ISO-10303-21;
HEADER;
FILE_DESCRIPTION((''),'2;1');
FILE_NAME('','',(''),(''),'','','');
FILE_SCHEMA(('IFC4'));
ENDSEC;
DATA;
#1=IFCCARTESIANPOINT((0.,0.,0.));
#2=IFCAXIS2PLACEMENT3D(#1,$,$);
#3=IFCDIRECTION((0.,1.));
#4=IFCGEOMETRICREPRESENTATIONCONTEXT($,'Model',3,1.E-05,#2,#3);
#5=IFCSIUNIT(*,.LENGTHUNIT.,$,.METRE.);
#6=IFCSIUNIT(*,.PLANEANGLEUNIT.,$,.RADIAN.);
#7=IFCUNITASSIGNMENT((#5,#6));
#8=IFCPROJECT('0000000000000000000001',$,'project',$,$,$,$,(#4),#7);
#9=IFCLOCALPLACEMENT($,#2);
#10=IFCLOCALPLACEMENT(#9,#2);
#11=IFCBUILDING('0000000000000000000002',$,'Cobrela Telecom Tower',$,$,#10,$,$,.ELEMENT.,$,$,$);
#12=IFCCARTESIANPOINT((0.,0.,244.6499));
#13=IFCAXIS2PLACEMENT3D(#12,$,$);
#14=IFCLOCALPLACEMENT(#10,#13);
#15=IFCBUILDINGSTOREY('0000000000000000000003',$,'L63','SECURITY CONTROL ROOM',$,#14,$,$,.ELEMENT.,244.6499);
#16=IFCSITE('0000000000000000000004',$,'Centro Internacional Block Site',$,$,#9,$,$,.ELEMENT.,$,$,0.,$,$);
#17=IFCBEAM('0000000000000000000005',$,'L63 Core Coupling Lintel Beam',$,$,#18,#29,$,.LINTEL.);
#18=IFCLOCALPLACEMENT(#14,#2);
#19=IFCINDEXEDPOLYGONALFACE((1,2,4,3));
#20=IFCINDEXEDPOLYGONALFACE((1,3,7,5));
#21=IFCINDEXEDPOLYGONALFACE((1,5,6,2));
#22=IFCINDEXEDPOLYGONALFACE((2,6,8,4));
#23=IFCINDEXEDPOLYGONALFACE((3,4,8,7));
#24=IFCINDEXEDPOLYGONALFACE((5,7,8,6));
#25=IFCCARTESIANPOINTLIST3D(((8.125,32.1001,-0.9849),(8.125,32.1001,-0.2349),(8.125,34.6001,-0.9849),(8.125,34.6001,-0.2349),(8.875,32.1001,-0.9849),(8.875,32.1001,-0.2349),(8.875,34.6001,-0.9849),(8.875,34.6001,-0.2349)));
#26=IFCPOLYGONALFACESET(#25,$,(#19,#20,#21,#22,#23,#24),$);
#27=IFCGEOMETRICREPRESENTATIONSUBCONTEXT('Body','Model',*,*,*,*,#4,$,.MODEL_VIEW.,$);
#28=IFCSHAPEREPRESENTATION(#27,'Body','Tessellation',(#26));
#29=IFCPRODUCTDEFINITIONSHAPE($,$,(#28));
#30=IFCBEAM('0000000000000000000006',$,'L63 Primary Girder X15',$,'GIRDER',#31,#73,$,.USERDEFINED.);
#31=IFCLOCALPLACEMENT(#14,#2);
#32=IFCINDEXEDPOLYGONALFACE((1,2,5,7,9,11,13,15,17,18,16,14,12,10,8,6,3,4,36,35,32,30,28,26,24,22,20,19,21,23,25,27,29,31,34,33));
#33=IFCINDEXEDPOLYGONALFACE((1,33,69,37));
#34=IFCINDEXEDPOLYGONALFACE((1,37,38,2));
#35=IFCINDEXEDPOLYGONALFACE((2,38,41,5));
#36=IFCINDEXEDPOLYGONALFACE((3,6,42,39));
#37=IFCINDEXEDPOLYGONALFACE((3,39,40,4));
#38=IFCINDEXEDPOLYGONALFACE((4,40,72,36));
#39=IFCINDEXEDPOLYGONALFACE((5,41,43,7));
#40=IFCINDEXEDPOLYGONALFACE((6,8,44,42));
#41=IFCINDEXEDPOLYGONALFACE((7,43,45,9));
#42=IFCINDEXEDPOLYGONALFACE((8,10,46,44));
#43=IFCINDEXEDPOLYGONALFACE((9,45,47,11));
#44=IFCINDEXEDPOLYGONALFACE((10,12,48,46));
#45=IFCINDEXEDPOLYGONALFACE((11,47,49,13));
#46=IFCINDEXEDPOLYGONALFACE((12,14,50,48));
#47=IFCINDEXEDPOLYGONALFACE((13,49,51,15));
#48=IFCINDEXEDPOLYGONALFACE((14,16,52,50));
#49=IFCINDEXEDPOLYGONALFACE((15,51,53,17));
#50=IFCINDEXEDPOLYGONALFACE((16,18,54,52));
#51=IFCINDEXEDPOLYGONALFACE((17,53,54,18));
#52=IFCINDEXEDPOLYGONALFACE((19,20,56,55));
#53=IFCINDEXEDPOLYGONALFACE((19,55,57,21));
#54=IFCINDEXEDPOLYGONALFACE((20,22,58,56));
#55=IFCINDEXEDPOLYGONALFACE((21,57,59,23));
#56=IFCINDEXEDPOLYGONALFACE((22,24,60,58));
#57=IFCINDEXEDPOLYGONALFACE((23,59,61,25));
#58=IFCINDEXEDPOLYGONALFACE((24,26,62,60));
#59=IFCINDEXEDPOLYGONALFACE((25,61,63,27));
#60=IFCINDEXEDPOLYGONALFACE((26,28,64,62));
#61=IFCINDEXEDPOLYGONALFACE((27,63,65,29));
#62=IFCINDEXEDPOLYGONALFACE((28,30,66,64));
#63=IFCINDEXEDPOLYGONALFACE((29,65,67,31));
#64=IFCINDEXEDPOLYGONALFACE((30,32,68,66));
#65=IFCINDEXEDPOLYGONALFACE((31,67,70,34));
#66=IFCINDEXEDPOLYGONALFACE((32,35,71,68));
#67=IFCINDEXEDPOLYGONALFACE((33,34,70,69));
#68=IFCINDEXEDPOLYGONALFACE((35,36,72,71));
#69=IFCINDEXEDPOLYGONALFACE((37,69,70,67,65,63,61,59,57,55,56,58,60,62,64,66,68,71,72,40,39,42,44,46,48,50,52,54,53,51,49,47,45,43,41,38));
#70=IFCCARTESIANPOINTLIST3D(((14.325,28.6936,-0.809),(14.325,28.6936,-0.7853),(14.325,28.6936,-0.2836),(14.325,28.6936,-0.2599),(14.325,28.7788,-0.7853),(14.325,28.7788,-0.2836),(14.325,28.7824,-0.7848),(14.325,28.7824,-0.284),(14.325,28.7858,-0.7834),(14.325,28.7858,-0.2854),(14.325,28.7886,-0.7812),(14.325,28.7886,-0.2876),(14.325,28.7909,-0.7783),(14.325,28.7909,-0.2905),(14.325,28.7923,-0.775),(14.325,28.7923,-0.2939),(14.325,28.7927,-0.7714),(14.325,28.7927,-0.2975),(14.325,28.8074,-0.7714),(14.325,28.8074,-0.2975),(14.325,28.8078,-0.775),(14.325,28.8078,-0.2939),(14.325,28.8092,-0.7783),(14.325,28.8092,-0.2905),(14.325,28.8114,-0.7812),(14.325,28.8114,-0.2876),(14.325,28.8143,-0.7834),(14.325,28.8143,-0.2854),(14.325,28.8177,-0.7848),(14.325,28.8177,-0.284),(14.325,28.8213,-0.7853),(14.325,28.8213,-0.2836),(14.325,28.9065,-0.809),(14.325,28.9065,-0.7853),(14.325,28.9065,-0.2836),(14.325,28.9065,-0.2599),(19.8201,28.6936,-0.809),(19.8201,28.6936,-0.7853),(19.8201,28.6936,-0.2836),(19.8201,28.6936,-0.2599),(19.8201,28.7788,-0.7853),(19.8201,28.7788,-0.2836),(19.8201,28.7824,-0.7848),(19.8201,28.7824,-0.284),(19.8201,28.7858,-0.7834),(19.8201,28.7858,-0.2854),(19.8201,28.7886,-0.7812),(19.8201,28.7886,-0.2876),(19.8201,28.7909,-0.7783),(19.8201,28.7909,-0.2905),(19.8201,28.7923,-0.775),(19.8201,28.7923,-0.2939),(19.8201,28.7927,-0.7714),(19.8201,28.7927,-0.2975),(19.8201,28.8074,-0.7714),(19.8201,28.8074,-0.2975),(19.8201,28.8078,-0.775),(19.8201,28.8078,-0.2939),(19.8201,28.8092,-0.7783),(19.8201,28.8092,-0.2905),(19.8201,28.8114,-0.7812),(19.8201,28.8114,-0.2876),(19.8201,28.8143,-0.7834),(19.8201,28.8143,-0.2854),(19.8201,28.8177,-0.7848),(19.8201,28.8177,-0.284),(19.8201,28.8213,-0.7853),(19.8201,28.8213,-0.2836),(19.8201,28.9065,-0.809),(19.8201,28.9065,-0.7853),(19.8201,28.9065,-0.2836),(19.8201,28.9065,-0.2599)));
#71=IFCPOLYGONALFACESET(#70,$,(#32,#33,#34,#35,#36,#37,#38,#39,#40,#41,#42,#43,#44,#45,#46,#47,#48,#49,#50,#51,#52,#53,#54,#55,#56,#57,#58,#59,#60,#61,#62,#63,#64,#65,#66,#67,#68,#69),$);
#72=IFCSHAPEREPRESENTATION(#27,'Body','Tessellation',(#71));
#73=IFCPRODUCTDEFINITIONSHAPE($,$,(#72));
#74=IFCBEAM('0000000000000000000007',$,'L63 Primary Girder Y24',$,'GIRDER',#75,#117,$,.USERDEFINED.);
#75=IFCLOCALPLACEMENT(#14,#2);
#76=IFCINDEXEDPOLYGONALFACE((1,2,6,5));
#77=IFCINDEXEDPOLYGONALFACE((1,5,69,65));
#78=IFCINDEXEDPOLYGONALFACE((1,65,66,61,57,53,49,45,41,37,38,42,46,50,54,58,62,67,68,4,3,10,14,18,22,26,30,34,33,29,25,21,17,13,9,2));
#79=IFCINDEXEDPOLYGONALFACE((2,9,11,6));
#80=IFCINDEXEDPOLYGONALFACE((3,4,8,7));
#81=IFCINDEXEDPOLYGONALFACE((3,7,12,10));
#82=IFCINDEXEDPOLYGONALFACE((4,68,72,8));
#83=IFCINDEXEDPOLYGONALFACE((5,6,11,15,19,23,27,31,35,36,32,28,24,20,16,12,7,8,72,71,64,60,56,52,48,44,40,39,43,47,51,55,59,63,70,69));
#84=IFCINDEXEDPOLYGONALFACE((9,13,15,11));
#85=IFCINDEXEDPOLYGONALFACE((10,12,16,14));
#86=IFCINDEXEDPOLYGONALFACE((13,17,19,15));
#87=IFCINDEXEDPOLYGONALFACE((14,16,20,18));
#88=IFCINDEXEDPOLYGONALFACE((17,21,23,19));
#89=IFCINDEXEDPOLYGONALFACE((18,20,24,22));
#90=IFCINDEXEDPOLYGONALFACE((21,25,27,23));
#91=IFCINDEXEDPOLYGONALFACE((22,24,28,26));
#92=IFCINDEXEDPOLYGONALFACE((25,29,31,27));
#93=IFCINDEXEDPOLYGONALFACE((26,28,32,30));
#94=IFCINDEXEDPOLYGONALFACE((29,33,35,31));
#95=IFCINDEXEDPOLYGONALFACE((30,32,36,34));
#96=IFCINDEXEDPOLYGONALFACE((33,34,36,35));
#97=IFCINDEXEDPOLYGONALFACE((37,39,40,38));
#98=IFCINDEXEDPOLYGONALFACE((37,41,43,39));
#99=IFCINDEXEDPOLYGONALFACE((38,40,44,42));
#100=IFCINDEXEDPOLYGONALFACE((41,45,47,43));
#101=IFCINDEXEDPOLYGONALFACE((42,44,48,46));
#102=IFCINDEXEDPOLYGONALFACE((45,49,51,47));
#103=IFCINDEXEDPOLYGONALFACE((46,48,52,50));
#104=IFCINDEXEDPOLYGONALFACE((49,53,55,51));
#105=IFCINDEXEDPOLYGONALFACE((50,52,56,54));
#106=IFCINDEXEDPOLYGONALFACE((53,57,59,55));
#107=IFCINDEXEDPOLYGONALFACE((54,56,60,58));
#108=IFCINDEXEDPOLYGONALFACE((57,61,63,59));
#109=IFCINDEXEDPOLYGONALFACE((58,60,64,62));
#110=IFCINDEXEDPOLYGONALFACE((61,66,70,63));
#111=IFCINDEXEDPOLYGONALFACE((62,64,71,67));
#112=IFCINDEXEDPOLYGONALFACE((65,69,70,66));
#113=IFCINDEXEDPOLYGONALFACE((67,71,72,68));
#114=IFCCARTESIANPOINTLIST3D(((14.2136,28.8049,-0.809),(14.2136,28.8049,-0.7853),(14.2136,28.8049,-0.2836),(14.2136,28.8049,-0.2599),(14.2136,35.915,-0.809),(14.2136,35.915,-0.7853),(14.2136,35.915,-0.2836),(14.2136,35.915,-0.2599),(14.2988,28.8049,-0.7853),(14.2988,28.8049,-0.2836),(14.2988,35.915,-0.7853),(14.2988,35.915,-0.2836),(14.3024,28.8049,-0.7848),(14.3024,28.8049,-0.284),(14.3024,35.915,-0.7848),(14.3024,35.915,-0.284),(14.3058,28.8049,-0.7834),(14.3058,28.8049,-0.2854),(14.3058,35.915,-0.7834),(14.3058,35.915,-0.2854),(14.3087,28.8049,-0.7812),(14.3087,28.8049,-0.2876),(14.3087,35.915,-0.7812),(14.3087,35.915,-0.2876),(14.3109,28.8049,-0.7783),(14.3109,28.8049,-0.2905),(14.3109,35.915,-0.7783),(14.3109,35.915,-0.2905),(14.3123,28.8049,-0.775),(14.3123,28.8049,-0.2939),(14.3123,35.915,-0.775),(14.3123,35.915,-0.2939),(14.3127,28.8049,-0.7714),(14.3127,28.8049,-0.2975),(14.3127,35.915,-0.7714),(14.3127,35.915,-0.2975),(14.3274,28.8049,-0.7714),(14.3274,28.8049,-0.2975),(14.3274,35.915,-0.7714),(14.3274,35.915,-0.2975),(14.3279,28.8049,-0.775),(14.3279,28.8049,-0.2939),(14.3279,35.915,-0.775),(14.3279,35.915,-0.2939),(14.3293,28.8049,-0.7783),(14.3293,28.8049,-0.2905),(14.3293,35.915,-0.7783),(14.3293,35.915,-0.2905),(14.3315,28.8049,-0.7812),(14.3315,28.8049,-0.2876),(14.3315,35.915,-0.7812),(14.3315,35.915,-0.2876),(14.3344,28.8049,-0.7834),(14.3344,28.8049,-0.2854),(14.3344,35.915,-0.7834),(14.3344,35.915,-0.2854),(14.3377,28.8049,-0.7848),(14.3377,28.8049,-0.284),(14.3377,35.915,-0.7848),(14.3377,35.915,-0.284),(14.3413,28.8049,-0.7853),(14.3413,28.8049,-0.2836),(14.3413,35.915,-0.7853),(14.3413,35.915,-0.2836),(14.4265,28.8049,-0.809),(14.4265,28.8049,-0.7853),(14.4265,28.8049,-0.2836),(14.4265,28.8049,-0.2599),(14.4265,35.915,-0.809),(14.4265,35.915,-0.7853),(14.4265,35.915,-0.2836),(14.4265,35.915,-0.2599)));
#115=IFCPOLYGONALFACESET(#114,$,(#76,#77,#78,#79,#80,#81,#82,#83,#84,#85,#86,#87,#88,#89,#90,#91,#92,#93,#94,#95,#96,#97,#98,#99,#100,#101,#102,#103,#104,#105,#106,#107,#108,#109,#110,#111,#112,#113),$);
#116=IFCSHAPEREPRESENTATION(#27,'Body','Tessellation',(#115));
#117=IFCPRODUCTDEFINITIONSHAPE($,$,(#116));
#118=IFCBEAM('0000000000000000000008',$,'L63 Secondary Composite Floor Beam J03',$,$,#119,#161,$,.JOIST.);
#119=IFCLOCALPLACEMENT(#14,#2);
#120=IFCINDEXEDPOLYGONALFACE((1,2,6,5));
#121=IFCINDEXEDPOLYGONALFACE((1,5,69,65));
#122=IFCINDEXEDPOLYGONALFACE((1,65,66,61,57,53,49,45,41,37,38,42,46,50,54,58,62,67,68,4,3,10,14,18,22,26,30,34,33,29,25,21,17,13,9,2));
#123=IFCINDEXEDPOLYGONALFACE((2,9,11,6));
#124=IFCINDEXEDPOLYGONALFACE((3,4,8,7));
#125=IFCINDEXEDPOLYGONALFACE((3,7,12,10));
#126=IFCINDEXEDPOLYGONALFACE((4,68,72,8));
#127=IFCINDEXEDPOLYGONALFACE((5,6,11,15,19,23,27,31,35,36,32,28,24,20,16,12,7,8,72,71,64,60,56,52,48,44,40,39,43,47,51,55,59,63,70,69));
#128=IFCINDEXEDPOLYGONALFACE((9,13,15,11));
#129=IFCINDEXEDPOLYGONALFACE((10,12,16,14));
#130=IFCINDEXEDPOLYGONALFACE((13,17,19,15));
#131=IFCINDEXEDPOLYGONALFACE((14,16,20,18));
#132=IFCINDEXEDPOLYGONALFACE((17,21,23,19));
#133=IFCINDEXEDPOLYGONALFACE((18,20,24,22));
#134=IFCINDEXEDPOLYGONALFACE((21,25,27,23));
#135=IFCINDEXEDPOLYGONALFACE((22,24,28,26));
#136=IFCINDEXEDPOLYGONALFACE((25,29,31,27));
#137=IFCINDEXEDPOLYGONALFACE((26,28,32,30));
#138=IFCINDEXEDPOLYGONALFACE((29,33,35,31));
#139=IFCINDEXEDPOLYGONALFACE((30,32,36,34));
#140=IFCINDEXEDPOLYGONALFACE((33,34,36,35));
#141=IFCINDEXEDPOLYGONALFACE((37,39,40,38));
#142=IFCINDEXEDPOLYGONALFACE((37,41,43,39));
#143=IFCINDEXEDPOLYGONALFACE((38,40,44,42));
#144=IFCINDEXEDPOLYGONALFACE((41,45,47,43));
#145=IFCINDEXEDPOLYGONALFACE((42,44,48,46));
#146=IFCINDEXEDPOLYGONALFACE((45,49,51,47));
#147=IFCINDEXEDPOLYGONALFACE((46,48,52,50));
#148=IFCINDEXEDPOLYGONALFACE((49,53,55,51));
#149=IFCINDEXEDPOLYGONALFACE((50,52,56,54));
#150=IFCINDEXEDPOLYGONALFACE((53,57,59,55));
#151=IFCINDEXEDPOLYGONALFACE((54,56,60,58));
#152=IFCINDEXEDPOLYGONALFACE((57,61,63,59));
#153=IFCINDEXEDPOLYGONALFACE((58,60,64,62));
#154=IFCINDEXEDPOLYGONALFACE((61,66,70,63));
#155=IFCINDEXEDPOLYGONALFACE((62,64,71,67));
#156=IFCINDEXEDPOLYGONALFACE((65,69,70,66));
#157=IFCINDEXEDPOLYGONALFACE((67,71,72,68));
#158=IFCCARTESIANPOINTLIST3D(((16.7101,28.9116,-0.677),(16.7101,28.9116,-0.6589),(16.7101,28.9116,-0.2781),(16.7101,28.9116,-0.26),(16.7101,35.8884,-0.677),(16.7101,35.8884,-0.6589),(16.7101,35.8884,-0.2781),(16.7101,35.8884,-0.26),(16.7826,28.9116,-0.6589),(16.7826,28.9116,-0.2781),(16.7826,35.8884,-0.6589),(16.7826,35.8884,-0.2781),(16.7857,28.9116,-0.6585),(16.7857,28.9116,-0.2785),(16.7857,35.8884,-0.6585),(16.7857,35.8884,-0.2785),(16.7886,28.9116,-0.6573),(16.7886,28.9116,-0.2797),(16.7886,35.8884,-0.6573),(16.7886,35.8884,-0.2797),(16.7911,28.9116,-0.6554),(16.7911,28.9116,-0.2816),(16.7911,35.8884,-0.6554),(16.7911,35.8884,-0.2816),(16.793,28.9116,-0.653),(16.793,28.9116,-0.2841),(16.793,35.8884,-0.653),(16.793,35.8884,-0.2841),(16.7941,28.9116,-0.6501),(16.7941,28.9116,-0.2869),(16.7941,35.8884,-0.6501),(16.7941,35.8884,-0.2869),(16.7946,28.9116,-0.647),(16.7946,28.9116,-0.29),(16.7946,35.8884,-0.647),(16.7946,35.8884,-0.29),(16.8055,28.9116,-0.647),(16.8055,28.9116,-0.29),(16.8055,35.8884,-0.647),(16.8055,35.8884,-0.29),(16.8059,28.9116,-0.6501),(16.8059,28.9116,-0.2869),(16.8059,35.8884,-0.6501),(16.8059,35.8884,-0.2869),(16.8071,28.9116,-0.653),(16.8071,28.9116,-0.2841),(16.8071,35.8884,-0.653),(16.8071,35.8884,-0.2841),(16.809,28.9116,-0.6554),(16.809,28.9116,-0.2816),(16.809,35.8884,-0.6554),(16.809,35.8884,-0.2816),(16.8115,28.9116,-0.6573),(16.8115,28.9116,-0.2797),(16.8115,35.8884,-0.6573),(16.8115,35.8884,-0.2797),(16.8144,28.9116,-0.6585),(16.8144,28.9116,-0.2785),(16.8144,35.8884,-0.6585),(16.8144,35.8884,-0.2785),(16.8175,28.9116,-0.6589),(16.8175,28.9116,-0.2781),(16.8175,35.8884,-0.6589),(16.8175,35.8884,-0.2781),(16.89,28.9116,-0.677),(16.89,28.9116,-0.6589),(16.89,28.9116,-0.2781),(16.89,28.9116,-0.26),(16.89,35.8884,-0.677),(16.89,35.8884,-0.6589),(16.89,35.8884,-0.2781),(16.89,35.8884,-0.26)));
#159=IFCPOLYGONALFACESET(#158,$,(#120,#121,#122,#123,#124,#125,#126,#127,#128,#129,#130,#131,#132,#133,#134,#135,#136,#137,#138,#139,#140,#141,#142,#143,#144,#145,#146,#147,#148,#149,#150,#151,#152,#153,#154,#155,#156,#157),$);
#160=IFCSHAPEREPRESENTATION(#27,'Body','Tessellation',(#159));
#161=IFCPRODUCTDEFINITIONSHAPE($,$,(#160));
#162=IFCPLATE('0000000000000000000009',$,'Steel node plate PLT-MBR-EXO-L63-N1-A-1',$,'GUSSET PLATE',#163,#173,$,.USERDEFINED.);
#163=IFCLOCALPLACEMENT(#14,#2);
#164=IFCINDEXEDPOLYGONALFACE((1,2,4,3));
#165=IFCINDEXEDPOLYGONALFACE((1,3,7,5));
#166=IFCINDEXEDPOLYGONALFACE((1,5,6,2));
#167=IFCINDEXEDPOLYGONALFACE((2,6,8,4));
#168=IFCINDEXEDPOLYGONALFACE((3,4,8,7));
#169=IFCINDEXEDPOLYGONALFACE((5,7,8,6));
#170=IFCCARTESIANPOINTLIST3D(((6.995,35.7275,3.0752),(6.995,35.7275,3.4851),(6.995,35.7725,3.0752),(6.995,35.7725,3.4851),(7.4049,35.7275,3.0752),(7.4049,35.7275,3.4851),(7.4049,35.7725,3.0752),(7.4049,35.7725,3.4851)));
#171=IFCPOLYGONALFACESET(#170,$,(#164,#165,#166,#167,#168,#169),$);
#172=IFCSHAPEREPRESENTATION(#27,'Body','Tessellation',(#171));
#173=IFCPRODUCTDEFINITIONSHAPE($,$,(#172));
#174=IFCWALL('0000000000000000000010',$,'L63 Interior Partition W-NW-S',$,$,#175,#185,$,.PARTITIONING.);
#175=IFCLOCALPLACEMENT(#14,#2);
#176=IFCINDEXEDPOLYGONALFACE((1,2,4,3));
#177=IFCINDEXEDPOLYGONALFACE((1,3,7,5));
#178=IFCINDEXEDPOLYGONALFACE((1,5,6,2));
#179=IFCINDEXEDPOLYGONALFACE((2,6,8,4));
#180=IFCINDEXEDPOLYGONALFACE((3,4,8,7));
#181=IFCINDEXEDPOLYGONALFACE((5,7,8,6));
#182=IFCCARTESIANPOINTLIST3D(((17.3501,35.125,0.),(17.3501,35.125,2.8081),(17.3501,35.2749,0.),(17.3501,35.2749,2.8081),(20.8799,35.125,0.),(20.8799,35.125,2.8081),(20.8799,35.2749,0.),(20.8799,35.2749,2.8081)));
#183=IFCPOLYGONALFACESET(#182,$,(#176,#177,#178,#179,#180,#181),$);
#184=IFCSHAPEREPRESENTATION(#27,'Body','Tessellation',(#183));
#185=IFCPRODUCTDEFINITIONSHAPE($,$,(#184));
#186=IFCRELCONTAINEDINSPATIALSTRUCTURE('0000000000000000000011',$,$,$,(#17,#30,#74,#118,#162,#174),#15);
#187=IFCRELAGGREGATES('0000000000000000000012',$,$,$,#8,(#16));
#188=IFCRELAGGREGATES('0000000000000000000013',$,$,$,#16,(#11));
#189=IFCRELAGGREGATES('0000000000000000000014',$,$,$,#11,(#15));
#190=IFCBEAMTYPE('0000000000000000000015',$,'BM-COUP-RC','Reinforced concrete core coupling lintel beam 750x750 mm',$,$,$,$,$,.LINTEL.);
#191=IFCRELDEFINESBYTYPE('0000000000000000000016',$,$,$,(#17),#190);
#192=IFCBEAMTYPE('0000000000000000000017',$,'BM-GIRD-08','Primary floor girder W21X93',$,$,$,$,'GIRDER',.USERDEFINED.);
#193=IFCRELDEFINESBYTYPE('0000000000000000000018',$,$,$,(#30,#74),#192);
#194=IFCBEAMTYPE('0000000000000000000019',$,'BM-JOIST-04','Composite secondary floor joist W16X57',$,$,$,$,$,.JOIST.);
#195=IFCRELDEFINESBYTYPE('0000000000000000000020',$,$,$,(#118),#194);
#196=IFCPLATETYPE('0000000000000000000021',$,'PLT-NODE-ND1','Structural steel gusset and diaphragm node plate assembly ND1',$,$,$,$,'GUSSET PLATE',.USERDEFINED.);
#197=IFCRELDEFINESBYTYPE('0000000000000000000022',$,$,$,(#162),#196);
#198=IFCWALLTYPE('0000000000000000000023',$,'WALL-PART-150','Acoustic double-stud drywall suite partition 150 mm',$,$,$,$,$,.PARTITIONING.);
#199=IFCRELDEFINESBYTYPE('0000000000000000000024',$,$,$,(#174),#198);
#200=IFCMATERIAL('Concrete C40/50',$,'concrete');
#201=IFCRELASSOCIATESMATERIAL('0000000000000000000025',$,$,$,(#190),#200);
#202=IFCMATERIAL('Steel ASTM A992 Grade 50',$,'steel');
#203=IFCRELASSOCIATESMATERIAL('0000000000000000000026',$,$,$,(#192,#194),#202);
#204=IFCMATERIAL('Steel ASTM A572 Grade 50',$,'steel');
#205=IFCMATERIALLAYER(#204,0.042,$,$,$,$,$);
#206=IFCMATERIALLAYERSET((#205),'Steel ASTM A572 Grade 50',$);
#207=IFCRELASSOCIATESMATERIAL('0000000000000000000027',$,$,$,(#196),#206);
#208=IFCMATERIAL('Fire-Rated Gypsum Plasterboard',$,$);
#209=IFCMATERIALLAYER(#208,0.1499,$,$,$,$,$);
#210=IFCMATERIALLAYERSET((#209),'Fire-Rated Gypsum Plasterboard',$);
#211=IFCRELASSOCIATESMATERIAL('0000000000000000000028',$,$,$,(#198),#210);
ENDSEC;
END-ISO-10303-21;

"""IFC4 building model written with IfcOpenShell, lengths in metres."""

from ifc_helpers import new_model, si_unit, direction, frame, frame_2d, origin, origin_2d, place, context, subcontext, project, spatial, rectangle, i_section, extrude, material, layer, layer_set, material_profile, profile_set, type_object, element, save


model = new_model("IFC4")

# Units and contexts
model_context = context("Model", 3, precision=1e-05, world=origin(), true_north=direction((0.0, 1.0)))
body_context = subcontext(model_context, "Body", "Model", "MODEL_VIEW")
ifc_project = project(units=[si_unit("LENGTHUNIT", "METRE"), si_unit("PLANEANGLEUNIT", "RADIAN")], contexts=[model_context])

# Site, building, storey
site_placement = place(None, origin())
site = spatial("IfcSite", under=ifc_project, at=site_placement, Name="Centro Internacional Block Site", CompositionType="ELEMENT", RefElevation=0.0)
building_placement = place(site_placement, origin())
building = spatial("IfcBuilding", under=site, at=building_placement, Name="Cobrela Telecom Tower", CompositionType="ELEMENT")
storey_placement = place(building_placement, frame((0.0, 0.0, 244.6499)))
storey = spatial("IfcBuildingStorey", under=building, at=storey_placement, Name="L63", Description="SECURITY CONTROL ROOM", CompositionType="ELEMENT", Elevation=244.6499)

# Beams
ifc_material_1 = material(Name="Concrete C40/50", Category="concrete")
ifc_material_profile_1 = material_profile(ifc_material_1, rectangle(XDim=0.75, YDim=0.75, at=origin_2d()), Name="RC 750x750")
ifc_profile_set_1 = profile_set([ifc_material_profile_1], Name="Concrete C40/50")
beam_type_1 = type_object("IfcBeamType", Name="BM-COUP-RC", Description="Reinforced concrete core coupling lintel beam 750x750 mm", PredefinedType="LINTEL", material=ifc_profile_set_1)
beam_1_placement = place(storey_placement, frame((8.5, 32.1001, -0.6099), z_axis=(0.0, 1.0, 0.0), x_axis=(-1.0, 0.0, 0.0)))
element("IfcBeam", 1, at=beam_1_placement, inside=storey, type_object=beam_type_1, Name="L63 Core Coupling Lintel Beam", PredefinedType="LINTEL", context=body_context, shape_type="SweptSolid", body=[
    extrude(rectangle(XDim=0.75, YDim=0.75, at=origin_2d()), origin(), (0.0, 0.0, 1.0), 2.5),
])
ifc_material_2 = material(Name="Steel ASTM A992 Grade 50", Category="steel")
ifc_material_profile_2 = material_profile(ifc_material_2, i_section(OverallWidth=0.2129, OverallDepth=0.5491, WebThickness=0.0146, FlangeThickness=0.0237, FilletRadius=0.0139, at=origin_2d()), Name="W21X93")
ifc_profile_set_2 = profile_set([ifc_material_profile_2], Name="Steel ASTM A992 Grade 50")
beam_type_2 = type_object("IfcBeamType", Name="BM-GIRD-08", Description="Primary floor girder W21X93", ElementType="GIRDER", PredefinedType="USERDEFINED", material=ifc_profile_set_2)
beam_2_placement = place(storey_placement, frame((14.325, 28.8, -0.5344), z_axis=(1.0, 0.0, 0.0), x_axis=(0.0, 1.0, 0.0)))
element("IfcBeam", 2, at=beam_2_placement, inside=storey, type_object=beam_type_2, Name="L63 Primary Girder X15", ObjectType="GIRDER", PredefinedType="USERDEFINED", context=body_context, shape_type="SweptSolid", body=[
    extrude(i_section(OverallWidth=0.2129, OverallDepth=0.5491, WebThickness=0.0146, FlangeThickness=0.0237, FilletRadius=0.0139, at=origin_2d()), origin(), (0.0, 0.0, 1.0), 5.4951),
])
beam_3_placement = place(storey_placement, frame((14.3201, 28.8049, -0.5344), z_axis=(0.0, 1.0, 0.0), x_axis=(-1.0, 0.0, 0.0)))
element("IfcBeam", 3, at=beam_3_placement, inside=storey, type_object=beam_type_2, Name="L63 Primary Girder Y24", ObjectType="GIRDER", PredefinedType="USERDEFINED", context=body_context, shape_type="SweptSolid", body=[
    extrude(i_section(OverallWidth=0.2129, OverallDepth=0.5491, WebThickness=0.0146, FlangeThickness=0.0237, FilletRadius=0.0139, at=origin_2d()), origin(), (0.0, 0.0, 1.0), 7.1101),
])
ifc_material_profile_3 = material_profile(ifc_material_2, i_section(OverallWidth=0.1799, OverallDepth=0.417, WebThickness=0.011, FlangeThickness=0.0181, FilletRadius=0.012, at=origin_2d()), Name="W16X57")
ifc_profile_set_3 = profile_set([ifc_material_profile_3], Name="Steel ASTM A992 Grade 50")
beam_type_3 = type_object("IfcBeamType", Name="BM-JOIST-04", Description="Composite secondary floor joist W16X57", PredefinedType="JOIST", material=ifc_profile_set_3)
beam_4_placement = place(storey_placement, frame((16.8, 28.9116, -0.4685), z_axis=(0.0, 1.0, 0.0), x_axis=(-1.0, 0.0, 0.0)))
element("IfcBeam", 4, at=beam_4_placement, inside=storey, type_object=beam_type_3, Name="L63 Secondary Composite Floor Beam J03", PredefinedType="JOIST", context=body_context, shape_type="SweptSolid", body=[
    extrude(i_section(OverallWidth=0.1799, OverallDepth=0.417, WebThickness=0.011, FlangeThickness=0.0181, FilletRadius=0.012, at=origin_2d()), origin(), (0.0, 0.0, 1.0), 6.9768),
])

# Plate
ifc_material_3 = material(Name="Steel ASTM A572 Grade 50", Category="steel")
ifc_layer_1 = layer(ifc_material_3, 0.042)
ifc_layer_set_1 = layer_set([ifc_layer_1], Name="Steel ASTM A572 Grade 50")
plate_type = type_object("IfcPlateType", Name="PLT-NODE-ND1", Description="Structural steel gusset and diaphragm node plate assembly ND1", ElementType="GUSSET PLATE", PredefinedType="USERDEFINED", material=ifc_layer_set_1)
plate_placement = place(storey_placement, frame((7.2, 35.75, 3.0752), z_axis=(0.0, 0.0, 1.0), x_axis=(1.0, 0.0, 0.0)))
element("IfcPlate", 5, at=plate_placement, inside=storey, type_object=plate_type, Name="Steel node plate PLT-MBR-EXO-L63-N1-A-1", ObjectType="GUSSET PLATE", PredefinedType="USERDEFINED", context=body_context, shape_type="SweptSolid", body=[
    extrude(rectangle(XDim=0.4099, YDim=0.0449, at=origin_2d()), origin(), (0.0, 0.0, 1.0), 0.4099),
])

# Shared definitions
ifc_material_4 = material(Name="Fire-Rated Gypsum Plasterboard")

# Wall
ifc_layer_2 = layer(ifc_material_4, 0.1499)
ifc_layer_set_2 = layer_set([ifc_layer_2], Name="Fire-Rated Gypsum Plasterboard")
wall_type_1 = type_object("IfcWallType", Name="WALL-PART-150", Description="Acoustic double-stud drywall suite partition 150 mm", PredefinedType="PARTITIONING", material=ifc_layer_set_2)
wall_1_placement = place(storey_placement, frame((17.3501, 35.2, 0.0), z_axis=(0.0, 0.0, 1.0), x_axis=(1.0, 0.0, 0.0)))
element("IfcWall", 6, at=wall_1_placement, inside=storey, type_object=wall_type_1, Name="L63 Interior Partition W-NW-S", PredefinedType="PARTITIONING", context=body_context, shape_type="SweptSolid", body=[
    extrude(rectangle(XDim=3.5298, YDim=0.1499, at=frame_2d((1.7649, 0.0))), origin(), (0.0, 0.0, 1.0), 2.8081),
])

save(model, "model.ifc")
